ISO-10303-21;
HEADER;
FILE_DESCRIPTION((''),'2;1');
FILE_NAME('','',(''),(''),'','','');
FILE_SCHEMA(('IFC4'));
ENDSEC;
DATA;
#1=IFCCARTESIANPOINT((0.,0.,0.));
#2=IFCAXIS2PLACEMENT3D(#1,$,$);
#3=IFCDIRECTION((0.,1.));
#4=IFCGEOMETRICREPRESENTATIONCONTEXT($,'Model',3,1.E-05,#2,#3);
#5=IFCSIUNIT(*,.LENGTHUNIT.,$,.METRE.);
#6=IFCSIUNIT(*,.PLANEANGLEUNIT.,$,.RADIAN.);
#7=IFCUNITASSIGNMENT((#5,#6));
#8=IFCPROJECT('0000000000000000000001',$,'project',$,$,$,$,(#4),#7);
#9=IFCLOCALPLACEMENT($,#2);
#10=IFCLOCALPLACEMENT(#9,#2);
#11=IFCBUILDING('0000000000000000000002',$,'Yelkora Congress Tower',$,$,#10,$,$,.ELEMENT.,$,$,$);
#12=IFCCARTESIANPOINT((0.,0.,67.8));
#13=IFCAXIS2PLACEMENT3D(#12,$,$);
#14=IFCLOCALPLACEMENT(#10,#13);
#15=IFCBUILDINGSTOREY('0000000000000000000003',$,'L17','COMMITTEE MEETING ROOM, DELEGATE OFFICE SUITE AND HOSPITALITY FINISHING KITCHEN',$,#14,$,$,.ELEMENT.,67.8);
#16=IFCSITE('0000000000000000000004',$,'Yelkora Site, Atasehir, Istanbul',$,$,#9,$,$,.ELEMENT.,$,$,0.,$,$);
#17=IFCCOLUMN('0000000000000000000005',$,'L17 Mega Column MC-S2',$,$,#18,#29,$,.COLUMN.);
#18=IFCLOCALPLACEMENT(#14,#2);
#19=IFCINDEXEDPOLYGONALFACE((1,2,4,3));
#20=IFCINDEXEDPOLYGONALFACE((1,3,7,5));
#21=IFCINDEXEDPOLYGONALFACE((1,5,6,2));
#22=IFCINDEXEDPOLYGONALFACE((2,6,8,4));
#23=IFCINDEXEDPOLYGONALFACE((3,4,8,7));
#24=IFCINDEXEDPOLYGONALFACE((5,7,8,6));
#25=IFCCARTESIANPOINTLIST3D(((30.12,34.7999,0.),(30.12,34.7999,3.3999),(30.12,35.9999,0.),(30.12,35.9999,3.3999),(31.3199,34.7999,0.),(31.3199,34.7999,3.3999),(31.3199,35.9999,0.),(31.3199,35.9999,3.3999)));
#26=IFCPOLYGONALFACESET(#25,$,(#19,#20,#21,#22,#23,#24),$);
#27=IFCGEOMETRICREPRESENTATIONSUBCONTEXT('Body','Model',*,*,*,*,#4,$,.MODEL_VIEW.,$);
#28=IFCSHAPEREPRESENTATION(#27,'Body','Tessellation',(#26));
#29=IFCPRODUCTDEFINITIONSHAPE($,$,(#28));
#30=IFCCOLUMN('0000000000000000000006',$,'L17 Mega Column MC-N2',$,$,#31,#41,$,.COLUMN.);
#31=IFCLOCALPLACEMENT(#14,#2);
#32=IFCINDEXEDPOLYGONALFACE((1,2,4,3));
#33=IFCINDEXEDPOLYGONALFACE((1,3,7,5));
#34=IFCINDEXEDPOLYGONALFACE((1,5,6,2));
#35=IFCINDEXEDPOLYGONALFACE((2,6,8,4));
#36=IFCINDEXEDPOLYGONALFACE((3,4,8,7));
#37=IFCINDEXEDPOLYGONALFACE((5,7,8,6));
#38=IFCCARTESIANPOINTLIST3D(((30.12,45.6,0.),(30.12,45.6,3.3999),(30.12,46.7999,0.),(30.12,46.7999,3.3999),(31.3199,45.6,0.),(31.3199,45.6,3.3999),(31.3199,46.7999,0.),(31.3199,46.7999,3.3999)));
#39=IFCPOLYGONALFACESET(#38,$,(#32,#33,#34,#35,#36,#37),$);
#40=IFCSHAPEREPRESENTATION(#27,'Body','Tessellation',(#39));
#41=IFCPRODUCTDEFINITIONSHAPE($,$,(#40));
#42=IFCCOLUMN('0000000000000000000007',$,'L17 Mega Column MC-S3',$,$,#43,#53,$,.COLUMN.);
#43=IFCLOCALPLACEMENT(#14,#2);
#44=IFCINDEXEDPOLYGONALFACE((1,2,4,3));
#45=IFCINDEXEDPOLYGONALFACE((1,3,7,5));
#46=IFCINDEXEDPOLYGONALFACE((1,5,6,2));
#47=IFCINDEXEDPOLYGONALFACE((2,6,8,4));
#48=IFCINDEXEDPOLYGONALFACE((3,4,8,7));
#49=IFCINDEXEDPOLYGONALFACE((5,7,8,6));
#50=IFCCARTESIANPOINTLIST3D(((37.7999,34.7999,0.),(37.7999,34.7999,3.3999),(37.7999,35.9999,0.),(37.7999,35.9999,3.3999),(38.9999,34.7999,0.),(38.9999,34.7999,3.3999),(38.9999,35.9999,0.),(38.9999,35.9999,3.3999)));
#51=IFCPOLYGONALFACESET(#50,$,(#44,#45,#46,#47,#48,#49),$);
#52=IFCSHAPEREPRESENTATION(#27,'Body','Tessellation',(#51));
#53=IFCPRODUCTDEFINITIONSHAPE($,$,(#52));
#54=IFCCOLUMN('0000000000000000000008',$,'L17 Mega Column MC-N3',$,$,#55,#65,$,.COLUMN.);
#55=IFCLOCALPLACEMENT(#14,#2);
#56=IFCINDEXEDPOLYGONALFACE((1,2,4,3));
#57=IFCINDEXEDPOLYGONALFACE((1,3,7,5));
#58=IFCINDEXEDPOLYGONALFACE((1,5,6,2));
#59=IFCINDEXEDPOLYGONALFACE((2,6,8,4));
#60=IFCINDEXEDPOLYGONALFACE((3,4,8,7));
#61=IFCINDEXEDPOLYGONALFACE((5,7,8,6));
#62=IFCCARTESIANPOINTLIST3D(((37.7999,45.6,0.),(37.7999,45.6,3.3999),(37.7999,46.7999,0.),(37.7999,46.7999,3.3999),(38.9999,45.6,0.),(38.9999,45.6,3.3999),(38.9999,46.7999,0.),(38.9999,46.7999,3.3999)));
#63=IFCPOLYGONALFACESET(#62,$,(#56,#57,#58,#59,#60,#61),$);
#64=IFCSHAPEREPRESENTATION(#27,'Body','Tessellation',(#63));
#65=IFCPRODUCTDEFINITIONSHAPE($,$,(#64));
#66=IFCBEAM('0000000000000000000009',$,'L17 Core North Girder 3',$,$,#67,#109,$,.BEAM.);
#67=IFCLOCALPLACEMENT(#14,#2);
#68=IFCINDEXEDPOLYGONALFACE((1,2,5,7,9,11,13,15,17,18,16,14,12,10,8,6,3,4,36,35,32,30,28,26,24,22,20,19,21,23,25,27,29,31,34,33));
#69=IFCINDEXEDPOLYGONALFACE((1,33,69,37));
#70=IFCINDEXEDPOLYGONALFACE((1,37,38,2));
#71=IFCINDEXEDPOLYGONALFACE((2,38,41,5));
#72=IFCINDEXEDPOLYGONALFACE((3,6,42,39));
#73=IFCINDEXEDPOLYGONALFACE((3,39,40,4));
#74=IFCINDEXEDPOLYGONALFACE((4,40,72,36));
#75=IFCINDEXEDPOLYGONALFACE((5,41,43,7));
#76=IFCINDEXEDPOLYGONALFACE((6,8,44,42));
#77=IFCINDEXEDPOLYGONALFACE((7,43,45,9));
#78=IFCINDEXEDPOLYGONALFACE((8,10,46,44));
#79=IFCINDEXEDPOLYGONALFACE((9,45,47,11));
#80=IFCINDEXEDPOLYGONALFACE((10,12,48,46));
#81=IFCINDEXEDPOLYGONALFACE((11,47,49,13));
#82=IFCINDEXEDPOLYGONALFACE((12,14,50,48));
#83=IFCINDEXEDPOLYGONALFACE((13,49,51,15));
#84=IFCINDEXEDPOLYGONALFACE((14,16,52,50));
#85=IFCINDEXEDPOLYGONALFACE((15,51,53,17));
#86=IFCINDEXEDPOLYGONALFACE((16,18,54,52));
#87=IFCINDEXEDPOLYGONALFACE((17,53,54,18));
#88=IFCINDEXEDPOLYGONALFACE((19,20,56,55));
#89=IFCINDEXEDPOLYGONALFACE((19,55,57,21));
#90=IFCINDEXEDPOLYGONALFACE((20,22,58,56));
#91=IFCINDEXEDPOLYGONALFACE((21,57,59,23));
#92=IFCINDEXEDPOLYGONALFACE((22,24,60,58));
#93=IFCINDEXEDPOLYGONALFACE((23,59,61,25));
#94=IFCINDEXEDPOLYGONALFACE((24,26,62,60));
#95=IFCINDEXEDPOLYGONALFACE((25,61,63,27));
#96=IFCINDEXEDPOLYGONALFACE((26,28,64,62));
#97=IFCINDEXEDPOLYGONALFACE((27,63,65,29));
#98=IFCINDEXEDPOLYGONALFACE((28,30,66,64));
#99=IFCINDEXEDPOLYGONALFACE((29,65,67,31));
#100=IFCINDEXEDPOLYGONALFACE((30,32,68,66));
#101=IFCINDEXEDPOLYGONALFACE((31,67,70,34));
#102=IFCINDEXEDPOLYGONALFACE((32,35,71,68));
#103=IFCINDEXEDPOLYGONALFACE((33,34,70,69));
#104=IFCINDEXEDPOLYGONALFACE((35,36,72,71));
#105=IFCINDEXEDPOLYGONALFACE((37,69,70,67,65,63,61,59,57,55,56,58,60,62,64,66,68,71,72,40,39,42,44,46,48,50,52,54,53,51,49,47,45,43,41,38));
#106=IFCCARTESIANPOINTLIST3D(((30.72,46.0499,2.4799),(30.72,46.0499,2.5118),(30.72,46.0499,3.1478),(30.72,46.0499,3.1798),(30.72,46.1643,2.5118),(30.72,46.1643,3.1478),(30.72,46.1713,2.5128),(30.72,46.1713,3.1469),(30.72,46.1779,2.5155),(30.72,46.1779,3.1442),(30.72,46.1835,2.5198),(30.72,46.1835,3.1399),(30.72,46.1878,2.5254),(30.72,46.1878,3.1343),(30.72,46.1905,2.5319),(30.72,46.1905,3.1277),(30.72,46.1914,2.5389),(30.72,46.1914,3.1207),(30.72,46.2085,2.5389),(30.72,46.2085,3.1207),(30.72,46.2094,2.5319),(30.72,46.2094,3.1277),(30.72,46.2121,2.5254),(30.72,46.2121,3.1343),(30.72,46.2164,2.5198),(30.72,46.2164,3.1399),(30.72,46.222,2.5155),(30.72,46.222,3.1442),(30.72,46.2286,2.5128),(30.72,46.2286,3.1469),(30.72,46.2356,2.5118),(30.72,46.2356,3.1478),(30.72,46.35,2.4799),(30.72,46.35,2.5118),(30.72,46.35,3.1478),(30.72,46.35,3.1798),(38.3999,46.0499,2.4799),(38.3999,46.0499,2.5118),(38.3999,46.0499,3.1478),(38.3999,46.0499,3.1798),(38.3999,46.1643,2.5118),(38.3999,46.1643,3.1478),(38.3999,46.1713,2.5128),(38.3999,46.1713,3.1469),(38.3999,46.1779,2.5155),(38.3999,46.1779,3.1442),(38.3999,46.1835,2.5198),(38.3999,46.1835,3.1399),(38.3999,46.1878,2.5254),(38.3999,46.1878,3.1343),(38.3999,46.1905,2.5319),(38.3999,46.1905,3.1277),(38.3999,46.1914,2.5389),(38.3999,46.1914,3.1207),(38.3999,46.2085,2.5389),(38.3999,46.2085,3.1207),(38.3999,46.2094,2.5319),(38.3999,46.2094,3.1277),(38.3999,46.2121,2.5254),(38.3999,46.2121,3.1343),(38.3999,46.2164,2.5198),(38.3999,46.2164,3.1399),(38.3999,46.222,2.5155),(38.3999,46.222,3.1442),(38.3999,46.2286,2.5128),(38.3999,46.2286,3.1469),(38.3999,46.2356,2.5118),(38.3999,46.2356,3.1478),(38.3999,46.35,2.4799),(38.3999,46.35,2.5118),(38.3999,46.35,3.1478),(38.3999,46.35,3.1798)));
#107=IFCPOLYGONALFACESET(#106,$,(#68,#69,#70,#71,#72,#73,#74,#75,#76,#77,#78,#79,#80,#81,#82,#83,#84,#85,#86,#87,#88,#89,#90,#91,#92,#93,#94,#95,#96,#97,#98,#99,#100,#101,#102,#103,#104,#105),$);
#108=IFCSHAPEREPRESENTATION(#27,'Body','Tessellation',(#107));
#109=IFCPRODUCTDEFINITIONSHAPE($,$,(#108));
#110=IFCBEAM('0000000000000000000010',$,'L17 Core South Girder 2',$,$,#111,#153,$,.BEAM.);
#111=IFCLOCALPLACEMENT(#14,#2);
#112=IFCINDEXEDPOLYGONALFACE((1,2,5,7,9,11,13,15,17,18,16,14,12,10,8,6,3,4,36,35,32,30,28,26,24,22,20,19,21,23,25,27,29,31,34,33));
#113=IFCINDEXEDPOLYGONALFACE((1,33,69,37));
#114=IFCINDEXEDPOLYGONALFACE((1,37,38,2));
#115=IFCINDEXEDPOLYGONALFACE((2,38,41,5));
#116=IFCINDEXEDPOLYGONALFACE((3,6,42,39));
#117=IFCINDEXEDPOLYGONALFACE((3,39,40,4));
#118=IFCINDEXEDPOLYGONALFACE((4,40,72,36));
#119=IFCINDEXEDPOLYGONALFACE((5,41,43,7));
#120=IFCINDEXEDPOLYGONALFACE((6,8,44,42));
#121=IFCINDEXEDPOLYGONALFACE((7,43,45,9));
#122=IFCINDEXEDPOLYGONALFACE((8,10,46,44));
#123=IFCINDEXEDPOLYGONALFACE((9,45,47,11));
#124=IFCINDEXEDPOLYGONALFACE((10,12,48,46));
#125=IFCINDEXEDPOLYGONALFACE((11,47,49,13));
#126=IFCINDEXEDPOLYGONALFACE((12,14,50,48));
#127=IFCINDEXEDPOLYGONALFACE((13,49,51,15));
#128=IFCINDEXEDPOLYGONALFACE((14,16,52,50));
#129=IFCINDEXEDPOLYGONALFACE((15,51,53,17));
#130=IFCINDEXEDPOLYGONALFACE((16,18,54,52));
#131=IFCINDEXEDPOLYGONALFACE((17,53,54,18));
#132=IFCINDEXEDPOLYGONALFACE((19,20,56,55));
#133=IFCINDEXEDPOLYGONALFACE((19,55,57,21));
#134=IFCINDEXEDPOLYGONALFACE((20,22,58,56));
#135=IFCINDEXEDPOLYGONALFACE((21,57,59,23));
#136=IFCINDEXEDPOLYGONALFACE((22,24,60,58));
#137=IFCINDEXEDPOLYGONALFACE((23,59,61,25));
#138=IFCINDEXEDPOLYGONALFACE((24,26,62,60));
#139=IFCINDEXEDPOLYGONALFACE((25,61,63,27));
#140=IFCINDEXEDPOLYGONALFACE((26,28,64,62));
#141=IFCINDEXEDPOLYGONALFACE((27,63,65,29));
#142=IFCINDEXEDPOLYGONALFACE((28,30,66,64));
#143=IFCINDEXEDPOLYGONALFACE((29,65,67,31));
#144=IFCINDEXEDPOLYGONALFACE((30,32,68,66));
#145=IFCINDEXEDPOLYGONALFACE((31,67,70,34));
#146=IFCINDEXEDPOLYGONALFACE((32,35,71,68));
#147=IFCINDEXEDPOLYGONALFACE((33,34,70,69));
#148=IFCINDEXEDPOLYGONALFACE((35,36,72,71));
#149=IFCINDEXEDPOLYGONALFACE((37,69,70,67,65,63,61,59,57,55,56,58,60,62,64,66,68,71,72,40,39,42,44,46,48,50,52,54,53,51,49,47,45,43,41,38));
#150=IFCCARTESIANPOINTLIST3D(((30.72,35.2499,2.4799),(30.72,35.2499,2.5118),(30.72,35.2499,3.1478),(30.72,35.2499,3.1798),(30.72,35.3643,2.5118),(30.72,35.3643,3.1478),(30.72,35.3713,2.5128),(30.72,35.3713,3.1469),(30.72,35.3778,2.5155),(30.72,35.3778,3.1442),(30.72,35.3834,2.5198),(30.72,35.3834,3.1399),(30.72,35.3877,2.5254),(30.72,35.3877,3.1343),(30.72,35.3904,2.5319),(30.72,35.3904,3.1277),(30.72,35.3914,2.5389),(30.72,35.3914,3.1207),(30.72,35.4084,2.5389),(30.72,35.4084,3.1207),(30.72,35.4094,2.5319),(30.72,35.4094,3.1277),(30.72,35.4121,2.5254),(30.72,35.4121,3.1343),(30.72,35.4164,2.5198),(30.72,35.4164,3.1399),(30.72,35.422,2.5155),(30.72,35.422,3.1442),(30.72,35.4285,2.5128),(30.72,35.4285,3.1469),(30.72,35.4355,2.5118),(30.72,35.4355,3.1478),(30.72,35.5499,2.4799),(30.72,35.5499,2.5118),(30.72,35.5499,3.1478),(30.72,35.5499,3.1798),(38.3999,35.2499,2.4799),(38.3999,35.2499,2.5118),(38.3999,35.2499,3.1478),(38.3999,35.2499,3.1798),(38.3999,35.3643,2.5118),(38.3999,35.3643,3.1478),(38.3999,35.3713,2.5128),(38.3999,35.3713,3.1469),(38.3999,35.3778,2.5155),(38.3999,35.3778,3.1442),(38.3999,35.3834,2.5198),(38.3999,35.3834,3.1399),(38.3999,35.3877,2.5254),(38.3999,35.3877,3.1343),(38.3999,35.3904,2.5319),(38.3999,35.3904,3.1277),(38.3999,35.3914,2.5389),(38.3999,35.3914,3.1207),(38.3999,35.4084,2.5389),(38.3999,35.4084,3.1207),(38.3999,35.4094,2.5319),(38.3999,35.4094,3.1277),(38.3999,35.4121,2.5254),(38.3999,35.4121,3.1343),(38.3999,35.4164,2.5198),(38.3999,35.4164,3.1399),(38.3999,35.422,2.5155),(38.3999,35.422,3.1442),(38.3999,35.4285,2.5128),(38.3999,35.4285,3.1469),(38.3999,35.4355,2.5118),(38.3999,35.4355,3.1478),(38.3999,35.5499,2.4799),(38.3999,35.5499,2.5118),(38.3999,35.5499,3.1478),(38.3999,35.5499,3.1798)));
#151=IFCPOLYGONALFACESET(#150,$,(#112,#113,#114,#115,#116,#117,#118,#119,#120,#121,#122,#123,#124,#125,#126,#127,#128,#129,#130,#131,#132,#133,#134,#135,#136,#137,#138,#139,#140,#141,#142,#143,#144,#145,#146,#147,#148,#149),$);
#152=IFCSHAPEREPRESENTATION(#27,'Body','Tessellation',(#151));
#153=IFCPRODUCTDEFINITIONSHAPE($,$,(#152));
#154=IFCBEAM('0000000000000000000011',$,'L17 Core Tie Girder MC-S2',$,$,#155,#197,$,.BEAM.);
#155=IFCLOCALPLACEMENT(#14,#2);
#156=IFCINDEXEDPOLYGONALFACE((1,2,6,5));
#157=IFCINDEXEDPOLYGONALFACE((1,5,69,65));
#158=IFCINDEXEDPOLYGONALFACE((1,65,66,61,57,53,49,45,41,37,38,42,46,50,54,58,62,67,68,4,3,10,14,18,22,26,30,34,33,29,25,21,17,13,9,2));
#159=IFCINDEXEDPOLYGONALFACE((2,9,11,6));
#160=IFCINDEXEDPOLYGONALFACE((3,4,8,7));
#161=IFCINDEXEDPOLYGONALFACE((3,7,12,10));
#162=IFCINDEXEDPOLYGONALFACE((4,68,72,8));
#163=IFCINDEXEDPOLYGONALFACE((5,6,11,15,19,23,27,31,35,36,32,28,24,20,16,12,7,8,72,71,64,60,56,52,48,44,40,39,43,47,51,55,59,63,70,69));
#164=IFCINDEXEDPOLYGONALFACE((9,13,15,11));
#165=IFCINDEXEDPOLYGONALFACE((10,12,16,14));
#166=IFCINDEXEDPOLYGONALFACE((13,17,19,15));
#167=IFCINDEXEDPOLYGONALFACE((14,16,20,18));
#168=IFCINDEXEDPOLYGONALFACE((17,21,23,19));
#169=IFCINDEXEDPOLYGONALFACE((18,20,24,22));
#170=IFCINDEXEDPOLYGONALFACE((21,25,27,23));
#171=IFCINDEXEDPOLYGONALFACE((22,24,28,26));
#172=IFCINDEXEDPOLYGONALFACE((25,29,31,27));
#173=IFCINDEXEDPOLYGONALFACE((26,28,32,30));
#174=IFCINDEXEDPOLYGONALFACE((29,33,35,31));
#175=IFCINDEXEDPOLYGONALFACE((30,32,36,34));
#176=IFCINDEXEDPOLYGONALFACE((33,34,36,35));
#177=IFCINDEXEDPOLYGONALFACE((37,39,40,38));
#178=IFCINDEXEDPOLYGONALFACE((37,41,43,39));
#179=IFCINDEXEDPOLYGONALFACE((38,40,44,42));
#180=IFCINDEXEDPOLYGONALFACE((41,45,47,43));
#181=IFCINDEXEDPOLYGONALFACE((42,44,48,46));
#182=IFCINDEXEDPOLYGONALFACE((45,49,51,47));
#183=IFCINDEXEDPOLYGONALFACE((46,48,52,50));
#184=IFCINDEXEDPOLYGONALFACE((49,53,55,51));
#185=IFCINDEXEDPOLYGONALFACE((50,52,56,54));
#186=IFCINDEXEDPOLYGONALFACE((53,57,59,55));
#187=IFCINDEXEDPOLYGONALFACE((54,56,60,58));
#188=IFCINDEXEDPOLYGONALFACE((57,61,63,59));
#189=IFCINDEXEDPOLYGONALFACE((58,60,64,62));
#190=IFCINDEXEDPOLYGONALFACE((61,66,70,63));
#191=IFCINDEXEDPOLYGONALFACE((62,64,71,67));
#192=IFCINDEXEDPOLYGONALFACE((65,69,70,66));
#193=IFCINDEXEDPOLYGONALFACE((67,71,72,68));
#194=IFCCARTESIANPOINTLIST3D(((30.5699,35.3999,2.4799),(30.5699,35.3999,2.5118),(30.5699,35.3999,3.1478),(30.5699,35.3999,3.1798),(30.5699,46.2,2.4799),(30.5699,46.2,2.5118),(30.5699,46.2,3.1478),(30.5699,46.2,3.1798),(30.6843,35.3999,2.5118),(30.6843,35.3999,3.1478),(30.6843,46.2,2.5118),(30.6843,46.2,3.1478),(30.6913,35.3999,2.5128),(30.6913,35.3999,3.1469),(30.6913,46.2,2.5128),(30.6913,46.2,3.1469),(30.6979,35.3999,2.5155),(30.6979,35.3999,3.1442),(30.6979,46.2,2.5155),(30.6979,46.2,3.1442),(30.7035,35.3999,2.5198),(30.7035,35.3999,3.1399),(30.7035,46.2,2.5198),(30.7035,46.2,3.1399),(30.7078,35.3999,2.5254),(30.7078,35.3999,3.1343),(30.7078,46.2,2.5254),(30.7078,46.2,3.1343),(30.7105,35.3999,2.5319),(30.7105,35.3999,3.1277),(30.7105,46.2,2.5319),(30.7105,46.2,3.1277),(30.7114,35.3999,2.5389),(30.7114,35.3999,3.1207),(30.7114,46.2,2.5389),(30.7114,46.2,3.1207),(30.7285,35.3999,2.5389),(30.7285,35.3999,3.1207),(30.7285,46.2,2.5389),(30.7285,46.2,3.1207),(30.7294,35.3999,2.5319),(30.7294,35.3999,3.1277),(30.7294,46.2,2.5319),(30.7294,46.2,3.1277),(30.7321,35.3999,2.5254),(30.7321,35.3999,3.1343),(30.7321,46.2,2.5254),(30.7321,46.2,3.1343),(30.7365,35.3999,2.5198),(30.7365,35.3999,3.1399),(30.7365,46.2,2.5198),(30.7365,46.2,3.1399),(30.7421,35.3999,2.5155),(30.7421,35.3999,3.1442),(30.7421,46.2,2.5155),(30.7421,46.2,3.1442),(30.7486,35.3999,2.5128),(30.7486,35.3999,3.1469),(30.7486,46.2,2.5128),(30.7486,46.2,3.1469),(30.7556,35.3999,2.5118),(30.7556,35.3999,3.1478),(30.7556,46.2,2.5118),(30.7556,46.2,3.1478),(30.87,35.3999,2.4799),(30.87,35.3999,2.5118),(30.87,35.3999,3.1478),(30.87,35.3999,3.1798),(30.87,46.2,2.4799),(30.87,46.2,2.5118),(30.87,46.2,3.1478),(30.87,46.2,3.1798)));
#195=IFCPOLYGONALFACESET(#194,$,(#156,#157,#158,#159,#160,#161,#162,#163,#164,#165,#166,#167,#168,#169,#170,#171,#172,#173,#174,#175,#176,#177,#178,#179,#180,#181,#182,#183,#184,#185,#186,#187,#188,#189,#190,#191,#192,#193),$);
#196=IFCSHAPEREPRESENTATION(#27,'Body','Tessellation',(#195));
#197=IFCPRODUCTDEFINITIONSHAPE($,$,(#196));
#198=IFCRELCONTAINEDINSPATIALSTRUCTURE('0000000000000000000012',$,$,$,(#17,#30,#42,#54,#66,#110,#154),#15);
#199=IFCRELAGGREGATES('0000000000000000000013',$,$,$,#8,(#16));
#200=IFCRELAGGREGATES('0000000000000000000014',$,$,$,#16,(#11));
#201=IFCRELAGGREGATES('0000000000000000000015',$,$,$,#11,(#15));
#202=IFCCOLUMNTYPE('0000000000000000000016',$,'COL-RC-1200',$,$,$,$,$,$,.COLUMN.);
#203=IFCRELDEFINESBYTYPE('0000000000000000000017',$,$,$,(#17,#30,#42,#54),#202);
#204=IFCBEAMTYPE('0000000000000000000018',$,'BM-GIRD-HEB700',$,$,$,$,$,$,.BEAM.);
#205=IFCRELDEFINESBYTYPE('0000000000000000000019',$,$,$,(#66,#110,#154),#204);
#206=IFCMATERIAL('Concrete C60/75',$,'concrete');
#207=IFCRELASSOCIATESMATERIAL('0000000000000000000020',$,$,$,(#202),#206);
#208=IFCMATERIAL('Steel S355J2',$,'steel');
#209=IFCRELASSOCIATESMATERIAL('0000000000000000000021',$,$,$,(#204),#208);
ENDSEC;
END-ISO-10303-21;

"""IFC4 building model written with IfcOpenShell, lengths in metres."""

from ifc_helpers import new_model, si_unit, direction, frame, origin, origin_2d, place, context, subcontext, project, spatial, rectangle, i_section, extrude, material, material_profile, profile_set, type_object, element, save


model = new_model("IFC4")

# Units and contexts
model_context = context("Model", 3, precision=1e-05, world=origin(), true_north=direction((0.0, 1.0)))
body_context = subcontext(model_context, "Body", "Model", "MODEL_VIEW")
ifc_project = project(units=[si_unit("LENGTHUNIT", "METRE"), si_unit("PLANEANGLEUNIT", "RADIAN")], contexts=[model_context])

# Site, building, storey
site_placement = place(None, origin())
site = spatial("IfcSite", under=ifc_project, at=site_placement, Name="Yelkora Site, Atasehir, Istanbul", CompositionType="ELEMENT", RefElevation=0.0)
building_placement = place(site_placement, origin())
building = spatial("IfcBuilding", under=site, at=building_placement, Name="Yelkora Congress Tower", CompositionType="ELEMENT")
storey_placement = place(building_placement, frame((0.0, 0.0, 67.8)))
storey = spatial("IfcBuildingStorey", under=building, at=storey_placement, Name="L17", Description="COMMITTEE MEETING ROOM, DELEGATE OFFICE SUITE AND HOSPITALITY FINISHING KITCHEN", CompositionType="ELEMENT", Elevation=67.8)

# Columns
ifc_material_1 = material(Name="Concrete C60/75", Category="concrete")
ifc_material_profile_1 = material_profile(ifc_material_1, rectangle(XDim=1.2, YDim=1.2, at=origin_2d()), Name="RC 1200x1200")
ifc_profile_set_1 = profile_set([ifc_material_profile_1], Name="Concrete C60/75")
column_type = type_object("IfcColumnType", Name="COL-RC-1200", PredefinedType="COLUMN", material=ifc_profile_set_1)
for number, where, z_axis, x_axis, name in (
    (1, (30.72, 35.3999, 0.0), (0.0, 0.0, 1.0), (1.0, 0.0, 0.0), "L17 Mega Column MC-S2"),
    (2, (30.72, 46.2, 0.0), (0.0, 0.0, 1.0), (1.0, 0.0, 0.0), "L17 Mega Column MC-N2"),
    (3, (38.3999, 35.3999, 0.0), (0.0, 0.0, 1.0), (1.0, 0.0, 0.0), "L17 Mega Column MC-S3"),
    (4, (38.3999, 46.2, 0.0), (0.0, 0.0, 1.0), (1.0, 0.0, 0.0), "L17 Mega Column MC-N3"),
):
    element("IfcColumn", number, at=place(storey_placement, frame(where, z_axis=z_axis, x_axis=x_axis)), inside=storey, type_object=column_type, Name=name, PredefinedType="COLUMN", context=body_context, shape_type="SweptSolid", body=[
        extrude(rectangle(XDim=1.2, YDim=1.2, at=origin_2d()), origin(), (0.0, 0.0, 1.0), 3.3999),
    ])

# Beams
ifc_material_2 = material(Name="Steel S355J2", Category="steel")
ifc_material_profile_2 = material_profile(ifc_material_2, i_section(OverallWidth=0.3, OverallDepth=0.7, WebThickness=0.0171, FlangeThickness=0.032, FilletRadius=0.0271, at=origin_2d()), Name="HEB 700")
ifc_profile_set_2 = profile_set([ifc_material_profile_2], Name="Steel S355J2")
beam_type = type_object("IfcBeamType", Name="BM-GIRD-HEB700", PredefinedType="BEAM", material=ifc_profile_set_2)
for number, where, z_axis, x_axis, name in (
    (5, (30.72, 46.2, 2.8298), (1.0, 0.0, 0.0), (0.0, 1.0, 0.0), "L17 Core North Girder 3"),
    (6, (30.72, 35.3999, 2.8298), (1.0, 0.0, 0.0), (0.0, 1.0, 0.0), "L17 Core South Girder 2"),
):
    element("IfcBeam", number, at=place(storey_placement, frame(where, z_axis=z_axis, x_axis=x_axis)), inside=storey, type_object=beam_type, Name=name, PredefinedType="BEAM", context=body_context, shape_type="SweptSolid", body=[
        extrude(i_section(OverallWidth=0.3, OverallDepth=0.7, WebThickness=0.0171, FlangeThickness=0.032, FilletRadius=0.0271, at=origin_2d()), origin(), (0.0, 0.0, 1.0), 7.6799),
    ])
beam_placement = place(storey_placement, frame((30.72, 35.3999, 2.8298), z_axis=(0.0, 1.0, 0.0), x_axis=(-1.0, 0.0, 0.0)))
element("IfcBeam", 7, at=beam_placement, inside=storey, type_object=beam_type, Name="L17 Core Tie Girder MC-S2", PredefinedType="BEAM", context=body_context, shape_type="SweptSolid", body=[
    extrude(i_section(OverallWidth=0.3, OverallDepth=0.7, WebThickness=0.0171, FlangeThickness=0.032, FilletRadius=0.0271, at=origin_2d()), origin(), (0.0, 0.0, 1.0), 10.8),
])

save(model, "model.ifc")
